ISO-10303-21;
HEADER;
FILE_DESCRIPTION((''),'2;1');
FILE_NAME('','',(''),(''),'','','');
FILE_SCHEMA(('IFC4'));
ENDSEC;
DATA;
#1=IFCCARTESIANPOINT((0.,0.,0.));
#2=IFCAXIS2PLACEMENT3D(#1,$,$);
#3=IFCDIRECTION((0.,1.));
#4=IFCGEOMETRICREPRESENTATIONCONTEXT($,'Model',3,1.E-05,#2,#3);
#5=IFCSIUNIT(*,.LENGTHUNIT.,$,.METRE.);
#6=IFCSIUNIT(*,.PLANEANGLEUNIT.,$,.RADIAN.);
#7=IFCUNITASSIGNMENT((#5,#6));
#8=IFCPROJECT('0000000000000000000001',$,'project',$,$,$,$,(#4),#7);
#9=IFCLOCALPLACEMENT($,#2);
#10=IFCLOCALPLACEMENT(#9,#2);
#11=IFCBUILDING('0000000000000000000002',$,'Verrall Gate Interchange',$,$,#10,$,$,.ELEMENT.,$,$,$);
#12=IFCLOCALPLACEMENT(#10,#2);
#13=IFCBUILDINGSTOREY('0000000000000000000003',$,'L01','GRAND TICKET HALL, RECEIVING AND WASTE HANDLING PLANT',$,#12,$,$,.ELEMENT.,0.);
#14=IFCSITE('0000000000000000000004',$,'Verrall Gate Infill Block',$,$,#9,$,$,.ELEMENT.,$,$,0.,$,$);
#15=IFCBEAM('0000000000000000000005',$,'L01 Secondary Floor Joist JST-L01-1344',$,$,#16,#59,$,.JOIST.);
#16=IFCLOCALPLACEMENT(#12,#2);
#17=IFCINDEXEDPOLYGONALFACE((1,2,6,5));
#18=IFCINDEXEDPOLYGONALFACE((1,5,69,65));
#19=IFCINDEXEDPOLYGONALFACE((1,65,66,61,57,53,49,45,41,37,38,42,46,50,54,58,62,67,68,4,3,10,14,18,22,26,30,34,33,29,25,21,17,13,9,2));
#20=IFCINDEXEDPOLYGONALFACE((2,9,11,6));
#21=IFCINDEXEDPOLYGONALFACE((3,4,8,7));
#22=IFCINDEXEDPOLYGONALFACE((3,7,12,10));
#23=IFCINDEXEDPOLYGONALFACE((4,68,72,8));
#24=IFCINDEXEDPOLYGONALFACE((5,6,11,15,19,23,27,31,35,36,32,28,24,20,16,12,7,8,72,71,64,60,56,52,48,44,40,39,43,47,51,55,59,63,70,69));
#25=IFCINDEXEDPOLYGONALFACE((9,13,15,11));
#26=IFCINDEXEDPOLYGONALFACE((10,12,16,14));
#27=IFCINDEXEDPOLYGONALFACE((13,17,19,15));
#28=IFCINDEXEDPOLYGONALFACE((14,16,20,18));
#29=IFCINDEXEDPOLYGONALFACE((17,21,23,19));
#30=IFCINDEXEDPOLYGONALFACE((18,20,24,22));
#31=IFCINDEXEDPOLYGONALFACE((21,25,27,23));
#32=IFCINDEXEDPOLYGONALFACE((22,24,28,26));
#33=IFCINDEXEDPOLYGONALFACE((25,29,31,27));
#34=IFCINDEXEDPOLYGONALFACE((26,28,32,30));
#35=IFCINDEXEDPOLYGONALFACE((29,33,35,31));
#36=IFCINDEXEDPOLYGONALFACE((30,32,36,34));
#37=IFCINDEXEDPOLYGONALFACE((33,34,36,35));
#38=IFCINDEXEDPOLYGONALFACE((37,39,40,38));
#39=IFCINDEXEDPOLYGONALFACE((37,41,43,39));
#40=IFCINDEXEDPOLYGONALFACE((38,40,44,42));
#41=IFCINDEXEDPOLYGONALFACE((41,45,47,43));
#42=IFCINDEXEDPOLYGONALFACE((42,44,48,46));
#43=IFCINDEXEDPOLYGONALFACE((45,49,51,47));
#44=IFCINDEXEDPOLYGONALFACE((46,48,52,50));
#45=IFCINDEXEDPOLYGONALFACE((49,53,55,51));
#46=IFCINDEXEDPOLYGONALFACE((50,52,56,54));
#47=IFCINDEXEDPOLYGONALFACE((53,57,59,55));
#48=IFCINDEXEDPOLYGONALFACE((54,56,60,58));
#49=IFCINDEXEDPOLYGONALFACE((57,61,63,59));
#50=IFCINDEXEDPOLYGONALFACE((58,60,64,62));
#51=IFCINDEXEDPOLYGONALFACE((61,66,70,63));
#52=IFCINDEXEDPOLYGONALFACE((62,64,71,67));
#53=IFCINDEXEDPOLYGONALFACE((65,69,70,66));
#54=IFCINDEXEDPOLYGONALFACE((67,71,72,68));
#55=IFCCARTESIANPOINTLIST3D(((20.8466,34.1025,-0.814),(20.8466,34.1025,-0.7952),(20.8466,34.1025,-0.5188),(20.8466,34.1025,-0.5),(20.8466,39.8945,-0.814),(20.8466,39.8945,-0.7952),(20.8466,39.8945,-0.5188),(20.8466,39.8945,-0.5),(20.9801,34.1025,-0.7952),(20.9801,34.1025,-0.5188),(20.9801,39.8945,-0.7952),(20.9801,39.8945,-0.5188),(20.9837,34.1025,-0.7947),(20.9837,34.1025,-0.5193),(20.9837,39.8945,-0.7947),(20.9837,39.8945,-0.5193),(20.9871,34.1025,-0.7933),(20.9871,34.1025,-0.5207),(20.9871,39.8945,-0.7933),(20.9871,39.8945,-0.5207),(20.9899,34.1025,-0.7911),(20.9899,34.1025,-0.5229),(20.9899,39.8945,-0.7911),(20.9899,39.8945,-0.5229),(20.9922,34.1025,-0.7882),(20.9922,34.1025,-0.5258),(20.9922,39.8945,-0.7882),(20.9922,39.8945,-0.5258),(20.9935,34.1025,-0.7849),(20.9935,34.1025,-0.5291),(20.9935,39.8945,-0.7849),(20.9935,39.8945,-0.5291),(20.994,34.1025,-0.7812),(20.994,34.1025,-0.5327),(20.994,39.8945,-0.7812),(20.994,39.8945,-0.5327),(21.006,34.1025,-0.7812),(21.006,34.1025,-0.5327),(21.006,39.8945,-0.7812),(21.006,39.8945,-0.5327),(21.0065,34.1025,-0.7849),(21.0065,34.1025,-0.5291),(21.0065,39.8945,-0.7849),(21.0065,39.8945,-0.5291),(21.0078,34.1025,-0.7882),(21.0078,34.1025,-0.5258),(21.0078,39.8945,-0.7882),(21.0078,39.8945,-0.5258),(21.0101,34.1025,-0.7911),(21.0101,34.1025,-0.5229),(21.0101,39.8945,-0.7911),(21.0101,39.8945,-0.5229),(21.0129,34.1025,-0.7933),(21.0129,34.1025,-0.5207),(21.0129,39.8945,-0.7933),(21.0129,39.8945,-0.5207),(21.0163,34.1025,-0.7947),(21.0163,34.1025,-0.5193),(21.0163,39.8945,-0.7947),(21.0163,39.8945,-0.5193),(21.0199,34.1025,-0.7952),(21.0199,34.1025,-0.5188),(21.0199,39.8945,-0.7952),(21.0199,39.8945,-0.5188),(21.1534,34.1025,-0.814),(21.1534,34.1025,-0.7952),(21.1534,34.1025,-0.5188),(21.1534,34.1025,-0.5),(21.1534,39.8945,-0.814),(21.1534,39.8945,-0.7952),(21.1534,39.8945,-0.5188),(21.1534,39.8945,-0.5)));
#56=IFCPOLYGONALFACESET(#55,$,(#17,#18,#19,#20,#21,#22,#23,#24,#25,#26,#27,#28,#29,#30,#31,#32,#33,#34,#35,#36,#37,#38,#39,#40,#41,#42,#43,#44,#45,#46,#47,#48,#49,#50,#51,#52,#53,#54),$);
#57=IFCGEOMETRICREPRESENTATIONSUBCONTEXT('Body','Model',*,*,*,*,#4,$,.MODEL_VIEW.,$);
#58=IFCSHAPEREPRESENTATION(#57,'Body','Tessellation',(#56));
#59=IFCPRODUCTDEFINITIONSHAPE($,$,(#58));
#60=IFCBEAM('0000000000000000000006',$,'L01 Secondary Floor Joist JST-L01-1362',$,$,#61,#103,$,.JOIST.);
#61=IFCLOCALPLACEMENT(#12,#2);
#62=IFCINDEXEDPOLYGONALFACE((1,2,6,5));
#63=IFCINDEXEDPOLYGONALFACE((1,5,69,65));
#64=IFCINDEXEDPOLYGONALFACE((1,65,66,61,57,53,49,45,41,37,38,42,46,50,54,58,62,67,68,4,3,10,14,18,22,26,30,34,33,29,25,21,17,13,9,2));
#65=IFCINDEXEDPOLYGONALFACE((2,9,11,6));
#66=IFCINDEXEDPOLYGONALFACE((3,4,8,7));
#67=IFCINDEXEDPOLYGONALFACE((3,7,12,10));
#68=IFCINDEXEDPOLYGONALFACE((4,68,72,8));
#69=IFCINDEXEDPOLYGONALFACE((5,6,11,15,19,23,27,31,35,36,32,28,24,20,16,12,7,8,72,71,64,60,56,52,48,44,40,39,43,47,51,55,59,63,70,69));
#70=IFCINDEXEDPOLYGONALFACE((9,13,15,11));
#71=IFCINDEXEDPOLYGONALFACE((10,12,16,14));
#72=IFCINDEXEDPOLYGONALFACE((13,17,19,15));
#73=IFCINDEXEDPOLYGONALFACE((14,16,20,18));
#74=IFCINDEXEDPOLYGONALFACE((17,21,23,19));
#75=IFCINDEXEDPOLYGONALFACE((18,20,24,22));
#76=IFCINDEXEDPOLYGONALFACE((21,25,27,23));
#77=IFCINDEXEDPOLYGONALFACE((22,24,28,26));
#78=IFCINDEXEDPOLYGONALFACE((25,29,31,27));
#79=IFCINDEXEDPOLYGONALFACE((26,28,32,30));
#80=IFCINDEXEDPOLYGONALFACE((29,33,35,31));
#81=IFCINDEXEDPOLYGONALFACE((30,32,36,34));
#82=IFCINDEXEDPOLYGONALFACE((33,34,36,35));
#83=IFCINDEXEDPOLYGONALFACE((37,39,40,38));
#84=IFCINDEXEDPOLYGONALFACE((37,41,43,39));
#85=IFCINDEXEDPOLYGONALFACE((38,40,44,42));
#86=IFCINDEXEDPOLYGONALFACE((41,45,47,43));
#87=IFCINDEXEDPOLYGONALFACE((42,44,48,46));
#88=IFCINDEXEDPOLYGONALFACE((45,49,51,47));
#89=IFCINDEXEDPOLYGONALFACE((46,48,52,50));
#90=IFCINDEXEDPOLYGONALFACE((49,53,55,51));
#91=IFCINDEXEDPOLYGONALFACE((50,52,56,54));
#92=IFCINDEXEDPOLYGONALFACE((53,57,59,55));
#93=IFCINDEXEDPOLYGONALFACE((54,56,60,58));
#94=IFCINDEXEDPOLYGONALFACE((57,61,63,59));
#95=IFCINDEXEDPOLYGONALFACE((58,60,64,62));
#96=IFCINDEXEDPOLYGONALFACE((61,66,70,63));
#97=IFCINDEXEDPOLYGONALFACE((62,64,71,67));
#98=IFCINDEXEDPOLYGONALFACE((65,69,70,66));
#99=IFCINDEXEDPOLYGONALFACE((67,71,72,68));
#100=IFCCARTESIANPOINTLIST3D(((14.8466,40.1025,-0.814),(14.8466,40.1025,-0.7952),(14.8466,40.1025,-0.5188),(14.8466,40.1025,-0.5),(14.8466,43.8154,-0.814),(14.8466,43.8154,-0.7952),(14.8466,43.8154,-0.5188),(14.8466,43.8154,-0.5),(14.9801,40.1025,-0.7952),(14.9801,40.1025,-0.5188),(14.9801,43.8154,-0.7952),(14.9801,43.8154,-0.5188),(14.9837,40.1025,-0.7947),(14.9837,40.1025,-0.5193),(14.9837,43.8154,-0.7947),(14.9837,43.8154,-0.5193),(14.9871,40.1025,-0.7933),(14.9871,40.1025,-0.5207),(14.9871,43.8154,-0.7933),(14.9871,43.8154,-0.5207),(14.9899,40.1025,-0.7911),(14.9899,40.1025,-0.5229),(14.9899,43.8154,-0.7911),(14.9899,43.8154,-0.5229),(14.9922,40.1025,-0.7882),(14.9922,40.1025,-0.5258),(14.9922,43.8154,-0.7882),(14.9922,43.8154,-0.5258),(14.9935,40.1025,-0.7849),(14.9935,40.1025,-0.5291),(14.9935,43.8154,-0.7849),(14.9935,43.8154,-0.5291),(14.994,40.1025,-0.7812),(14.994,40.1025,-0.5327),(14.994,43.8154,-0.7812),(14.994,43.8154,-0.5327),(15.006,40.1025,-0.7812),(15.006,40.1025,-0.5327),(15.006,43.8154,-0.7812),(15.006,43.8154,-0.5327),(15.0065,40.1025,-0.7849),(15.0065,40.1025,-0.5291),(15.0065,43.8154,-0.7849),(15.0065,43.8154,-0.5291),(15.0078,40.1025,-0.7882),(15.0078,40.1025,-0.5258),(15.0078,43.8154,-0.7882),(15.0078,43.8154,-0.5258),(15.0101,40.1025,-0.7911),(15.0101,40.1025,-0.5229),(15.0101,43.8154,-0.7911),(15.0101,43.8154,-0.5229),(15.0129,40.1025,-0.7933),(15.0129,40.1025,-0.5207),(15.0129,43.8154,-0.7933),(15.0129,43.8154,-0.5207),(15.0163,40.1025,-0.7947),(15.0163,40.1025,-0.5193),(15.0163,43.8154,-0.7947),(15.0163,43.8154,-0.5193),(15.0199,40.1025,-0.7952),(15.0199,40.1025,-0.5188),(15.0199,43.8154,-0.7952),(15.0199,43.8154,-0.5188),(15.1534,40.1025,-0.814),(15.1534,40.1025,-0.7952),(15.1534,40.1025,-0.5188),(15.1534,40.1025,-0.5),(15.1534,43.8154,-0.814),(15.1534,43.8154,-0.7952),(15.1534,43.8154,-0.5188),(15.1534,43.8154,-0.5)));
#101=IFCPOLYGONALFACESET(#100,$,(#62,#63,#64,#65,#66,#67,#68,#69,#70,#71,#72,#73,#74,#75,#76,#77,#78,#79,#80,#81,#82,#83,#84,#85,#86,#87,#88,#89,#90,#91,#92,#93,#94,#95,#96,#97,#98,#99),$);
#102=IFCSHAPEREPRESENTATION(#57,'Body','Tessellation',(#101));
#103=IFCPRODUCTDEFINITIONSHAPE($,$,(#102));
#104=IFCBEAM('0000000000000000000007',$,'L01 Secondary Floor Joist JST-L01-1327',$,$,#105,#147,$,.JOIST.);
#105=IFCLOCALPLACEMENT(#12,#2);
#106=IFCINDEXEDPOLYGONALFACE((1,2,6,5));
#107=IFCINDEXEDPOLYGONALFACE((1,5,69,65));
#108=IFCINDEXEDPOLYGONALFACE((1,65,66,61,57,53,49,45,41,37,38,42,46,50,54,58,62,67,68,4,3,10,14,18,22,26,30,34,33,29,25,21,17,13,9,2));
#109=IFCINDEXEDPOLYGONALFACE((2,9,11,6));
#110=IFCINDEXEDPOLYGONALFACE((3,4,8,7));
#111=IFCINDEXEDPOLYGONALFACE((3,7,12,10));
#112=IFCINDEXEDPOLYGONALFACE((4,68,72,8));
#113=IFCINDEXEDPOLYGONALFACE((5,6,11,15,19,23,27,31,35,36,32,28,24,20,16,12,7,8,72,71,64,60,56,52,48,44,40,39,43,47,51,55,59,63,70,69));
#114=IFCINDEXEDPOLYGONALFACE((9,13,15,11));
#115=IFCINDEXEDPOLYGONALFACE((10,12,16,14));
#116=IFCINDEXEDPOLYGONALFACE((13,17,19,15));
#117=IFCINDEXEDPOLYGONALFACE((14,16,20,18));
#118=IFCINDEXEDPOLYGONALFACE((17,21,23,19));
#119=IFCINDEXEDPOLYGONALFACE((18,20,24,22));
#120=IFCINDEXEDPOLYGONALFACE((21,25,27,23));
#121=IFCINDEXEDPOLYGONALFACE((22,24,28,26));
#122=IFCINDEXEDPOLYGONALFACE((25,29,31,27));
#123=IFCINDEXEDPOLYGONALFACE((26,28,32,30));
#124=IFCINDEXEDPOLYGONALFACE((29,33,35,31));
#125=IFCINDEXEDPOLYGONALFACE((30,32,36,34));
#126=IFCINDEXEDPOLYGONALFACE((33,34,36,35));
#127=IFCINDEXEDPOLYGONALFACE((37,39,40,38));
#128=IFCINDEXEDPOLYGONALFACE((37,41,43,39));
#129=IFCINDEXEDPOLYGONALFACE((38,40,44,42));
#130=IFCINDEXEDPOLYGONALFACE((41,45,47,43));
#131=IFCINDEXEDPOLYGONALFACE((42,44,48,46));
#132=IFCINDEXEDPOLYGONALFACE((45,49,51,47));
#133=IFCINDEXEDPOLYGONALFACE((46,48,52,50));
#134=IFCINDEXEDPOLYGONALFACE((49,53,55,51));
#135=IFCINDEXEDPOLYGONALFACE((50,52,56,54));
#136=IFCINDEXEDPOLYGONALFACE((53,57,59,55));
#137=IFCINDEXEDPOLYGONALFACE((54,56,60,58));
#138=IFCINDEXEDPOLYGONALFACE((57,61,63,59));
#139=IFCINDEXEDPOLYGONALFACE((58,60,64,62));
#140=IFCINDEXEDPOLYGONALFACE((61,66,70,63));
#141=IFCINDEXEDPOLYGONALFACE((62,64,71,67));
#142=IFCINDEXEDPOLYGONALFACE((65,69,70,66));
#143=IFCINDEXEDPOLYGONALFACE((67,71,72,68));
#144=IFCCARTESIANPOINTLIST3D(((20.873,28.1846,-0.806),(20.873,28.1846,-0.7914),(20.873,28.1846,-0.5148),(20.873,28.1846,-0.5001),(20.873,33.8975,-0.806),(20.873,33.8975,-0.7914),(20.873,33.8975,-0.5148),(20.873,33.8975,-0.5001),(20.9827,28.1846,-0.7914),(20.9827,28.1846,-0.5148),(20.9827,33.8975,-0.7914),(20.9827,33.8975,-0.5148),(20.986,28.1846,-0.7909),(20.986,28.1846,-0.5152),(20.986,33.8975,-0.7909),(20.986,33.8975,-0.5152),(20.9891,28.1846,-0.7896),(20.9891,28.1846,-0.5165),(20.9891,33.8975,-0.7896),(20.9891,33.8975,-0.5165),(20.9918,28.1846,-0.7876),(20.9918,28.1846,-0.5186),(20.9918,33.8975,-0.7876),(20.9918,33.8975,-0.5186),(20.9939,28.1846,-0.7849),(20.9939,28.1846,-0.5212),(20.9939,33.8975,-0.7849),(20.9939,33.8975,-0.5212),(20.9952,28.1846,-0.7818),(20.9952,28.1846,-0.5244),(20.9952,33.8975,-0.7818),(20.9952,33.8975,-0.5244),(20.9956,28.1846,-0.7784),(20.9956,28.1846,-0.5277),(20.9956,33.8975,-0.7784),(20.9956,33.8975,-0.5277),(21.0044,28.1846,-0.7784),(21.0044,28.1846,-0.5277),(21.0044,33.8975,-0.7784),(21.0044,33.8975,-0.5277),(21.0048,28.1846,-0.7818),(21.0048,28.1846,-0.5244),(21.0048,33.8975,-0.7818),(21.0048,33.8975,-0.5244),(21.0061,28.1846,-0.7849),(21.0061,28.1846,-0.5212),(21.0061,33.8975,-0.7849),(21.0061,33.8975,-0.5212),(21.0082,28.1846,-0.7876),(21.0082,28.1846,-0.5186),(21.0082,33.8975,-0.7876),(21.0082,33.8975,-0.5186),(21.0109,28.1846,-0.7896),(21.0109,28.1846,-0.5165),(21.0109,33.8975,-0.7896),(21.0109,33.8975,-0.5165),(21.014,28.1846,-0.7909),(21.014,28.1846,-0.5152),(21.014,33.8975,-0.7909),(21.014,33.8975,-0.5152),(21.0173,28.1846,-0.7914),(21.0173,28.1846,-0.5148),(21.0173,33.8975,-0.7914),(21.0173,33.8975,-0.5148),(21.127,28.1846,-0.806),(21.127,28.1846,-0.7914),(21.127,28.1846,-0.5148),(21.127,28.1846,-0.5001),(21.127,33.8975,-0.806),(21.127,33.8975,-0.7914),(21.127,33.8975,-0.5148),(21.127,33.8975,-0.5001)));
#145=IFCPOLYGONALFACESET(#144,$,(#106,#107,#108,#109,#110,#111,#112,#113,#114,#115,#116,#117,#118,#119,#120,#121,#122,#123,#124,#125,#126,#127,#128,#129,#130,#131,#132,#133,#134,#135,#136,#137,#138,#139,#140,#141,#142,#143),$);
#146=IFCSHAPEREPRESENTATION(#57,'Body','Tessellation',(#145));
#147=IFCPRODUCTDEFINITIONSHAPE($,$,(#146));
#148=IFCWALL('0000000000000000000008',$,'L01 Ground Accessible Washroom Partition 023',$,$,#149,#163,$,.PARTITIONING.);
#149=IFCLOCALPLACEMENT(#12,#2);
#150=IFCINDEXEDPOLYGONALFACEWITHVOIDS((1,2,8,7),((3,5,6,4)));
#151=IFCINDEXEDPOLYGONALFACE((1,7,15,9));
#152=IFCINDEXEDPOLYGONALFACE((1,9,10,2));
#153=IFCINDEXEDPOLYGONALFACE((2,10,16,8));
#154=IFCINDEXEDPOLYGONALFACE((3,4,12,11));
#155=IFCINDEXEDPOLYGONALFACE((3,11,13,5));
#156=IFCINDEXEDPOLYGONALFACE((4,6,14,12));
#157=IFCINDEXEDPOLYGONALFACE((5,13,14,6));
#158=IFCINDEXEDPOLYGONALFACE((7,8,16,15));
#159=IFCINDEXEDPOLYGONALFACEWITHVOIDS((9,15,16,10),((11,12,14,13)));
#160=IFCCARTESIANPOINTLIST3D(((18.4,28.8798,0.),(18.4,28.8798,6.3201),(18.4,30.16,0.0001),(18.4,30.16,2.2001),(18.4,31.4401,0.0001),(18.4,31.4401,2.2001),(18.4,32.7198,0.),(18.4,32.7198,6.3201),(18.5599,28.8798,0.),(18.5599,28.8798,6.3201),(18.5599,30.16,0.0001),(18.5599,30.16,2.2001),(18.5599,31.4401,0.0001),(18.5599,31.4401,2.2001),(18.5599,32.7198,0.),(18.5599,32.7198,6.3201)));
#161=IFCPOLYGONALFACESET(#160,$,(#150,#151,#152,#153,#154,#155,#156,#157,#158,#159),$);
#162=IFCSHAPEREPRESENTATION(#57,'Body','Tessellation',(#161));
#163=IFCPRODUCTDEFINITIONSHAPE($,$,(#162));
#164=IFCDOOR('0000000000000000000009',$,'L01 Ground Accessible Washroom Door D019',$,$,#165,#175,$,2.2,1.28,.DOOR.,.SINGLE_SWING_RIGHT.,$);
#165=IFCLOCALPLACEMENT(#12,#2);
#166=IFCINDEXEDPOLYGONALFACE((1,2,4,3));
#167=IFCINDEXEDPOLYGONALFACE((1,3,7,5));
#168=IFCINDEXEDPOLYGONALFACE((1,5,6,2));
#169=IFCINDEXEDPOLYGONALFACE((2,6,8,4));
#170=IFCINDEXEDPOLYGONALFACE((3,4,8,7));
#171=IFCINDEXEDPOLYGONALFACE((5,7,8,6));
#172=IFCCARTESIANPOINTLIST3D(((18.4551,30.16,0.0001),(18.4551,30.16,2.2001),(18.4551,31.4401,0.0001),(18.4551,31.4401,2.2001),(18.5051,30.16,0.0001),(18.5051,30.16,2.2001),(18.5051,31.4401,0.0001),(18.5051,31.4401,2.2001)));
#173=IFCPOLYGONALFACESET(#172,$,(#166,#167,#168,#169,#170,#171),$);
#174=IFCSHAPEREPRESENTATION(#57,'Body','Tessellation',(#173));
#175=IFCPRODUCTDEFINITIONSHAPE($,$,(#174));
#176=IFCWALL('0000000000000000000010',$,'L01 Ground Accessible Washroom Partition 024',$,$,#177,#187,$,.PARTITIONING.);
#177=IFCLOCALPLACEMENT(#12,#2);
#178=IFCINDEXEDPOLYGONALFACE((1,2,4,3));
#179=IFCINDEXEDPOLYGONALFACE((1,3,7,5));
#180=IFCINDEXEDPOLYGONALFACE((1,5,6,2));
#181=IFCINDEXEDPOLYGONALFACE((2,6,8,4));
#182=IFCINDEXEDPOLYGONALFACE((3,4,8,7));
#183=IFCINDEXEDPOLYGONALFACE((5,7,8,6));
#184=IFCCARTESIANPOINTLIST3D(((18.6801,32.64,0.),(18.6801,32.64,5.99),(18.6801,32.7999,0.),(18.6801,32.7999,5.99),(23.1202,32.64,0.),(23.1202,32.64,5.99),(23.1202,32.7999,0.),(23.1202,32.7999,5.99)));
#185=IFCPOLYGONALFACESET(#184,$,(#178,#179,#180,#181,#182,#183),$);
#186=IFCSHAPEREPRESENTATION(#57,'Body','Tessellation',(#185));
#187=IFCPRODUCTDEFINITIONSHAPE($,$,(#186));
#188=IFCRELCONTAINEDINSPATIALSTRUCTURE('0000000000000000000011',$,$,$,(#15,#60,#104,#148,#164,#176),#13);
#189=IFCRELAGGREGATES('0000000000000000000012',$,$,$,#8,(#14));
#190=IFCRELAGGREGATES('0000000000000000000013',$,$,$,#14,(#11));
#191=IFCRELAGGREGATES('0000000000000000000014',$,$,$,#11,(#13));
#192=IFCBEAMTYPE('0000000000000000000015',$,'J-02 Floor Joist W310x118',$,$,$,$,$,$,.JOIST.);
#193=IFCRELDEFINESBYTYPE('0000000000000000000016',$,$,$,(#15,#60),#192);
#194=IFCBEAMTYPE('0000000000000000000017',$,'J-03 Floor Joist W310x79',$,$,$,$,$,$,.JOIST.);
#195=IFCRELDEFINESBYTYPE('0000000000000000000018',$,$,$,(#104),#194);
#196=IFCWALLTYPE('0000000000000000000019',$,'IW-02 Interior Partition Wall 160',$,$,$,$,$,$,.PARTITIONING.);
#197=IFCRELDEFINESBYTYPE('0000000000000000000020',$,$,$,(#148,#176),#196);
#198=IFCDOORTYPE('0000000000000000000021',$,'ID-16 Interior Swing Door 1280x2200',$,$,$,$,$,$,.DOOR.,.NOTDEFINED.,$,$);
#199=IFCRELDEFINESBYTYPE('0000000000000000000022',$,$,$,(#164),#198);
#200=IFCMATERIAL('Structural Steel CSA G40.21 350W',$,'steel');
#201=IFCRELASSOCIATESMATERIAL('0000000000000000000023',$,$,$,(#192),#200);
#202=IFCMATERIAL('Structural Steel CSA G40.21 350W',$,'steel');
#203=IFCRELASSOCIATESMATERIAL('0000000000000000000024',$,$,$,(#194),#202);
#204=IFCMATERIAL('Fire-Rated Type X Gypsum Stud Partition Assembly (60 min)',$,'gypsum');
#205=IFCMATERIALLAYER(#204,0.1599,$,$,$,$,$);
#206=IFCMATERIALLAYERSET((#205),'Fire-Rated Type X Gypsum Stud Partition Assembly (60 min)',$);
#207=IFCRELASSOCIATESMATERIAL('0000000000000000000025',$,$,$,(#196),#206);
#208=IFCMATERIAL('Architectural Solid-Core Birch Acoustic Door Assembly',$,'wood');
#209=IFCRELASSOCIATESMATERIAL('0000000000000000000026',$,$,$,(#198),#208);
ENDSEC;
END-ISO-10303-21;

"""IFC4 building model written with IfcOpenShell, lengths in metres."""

from ifc_helpers import new_model, si_unit, direction, frame, frame_2d, origin, origin_2d, place, context, subcontext, project, spatial, rectangle, i_section, extrude, material, layer, layer_set, material_profile, profile_set, type_object, element, fill, save


model = new_model("IFC4")

# Units and contexts
model_context = context("Model", 3, precision=1e-05, world=origin(), true_north=direction((0.0, 1.0)))
body_context = subcontext(model_context, "Body", "Model", "MODEL_VIEW")
ifc_project = project(units=[si_unit("LENGTHUNIT", "METRE"), si_unit("PLANEANGLEUNIT", "RADIAN")], contexts=[model_context])

# Site, building, storey
site_placement = place(None, origin())
site = spatial("IfcSite", under=ifc_project, at=site_placement, Name="Verrall Gate Infill Block", CompositionType="ELEMENT", RefElevation=0.0)
building_placement = place(site_placement, origin())
building = spatial("IfcBuilding", under=site, at=building_placement, Name="Verrall Gate Interchange", CompositionType="ELEMENT")
storey_placement = place(building_placement, origin())
storey = spatial("IfcBuildingStorey", under=building, at=storey_placement, Name="L01", Description="GRAND TICKET HALL, RECEIVING AND WASTE HANDLING PLANT", CompositionType="ELEMENT", Elevation=0.0)

# Beams
ifc_material_1 = material(Name="Structural Steel CSA G40.21 350W", Category="steel")
ifc_material_profile_1 = material_profile(ifc_material_1, i_section(OverallWidth=0.3069, OverallDepth=0.314, WebThickness=0.012, FlangeThickness=0.0188, FilletRadius=0.0139, at=origin_2d()), Name="W310x118")
ifc_profile_set_1 = profile_set([ifc_material_profile_1], Name="Structural Steel CSA G40.21 350W")
beam_type_1 = type_object("IfcBeamType", Name="J-02 Floor Joist W310x118", PredefinedType="JOIST", material=ifc_profile_set_1)
beam_1_placement = place(storey_placement, frame((21.0, 34.1025, -0.657), z_axis=(0.0, 1.0, 0.0), x_axis=(-1.0, 0.0, 0.0)))
element("IfcBeam", 1, at=beam_1_placement, inside=storey, type_object=beam_type_1, Name="L01 Secondary Floor Joist JST-L01-1344", PredefinedType="JOIST", context=body_context, shape_type="SweptSolid", body=[
    extrude(i_section(OverallWidth=0.3069, OverallDepth=0.314, WebThickness=0.012, FlangeThickness=0.0188, FilletRadius=0.0139, at=origin_2d()), origin(), (0.0, 0.0, 1.0), 5.792),
])
beam_2_placement = place(storey_placement, frame((15.0, 40.1025, -0.657), z_axis=(0.0, 1.0, 0.0), x_axis=(-1.0, 0.0, 0.0)))
element("IfcBeam", 2, at=beam_2_placement, inside=storey, type_object=beam_type_1, Name="L01 Secondary Floor Joist JST-L01-1362", PredefinedType="JOIST", context=body_context, shape_type="SweptSolid", body=[
    extrude(i_section(OverallWidth=0.3069, OverallDepth=0.314, WebThickness=0.012, FlangeThickness=0.0188, FilletRadius=0.0139, at=origin_2d()), origin(), (0.0, 0.0, 1.0), 3.7129),
])
ifc_material_2 = material(Name="Structural Steel CSA G40.21 350W", Category="steel")
ifc_material_profile_2 = material_profile(ifc_material_2, i_section(OverallWidth=0.2539, OverallDepth=0.3059, WebThickness=0.0088, FlangeThickness=0.0146, FilletRadius=0.0129, at=origin_2d()), Name="W310x79")
ifc_profile_set_2 = profile_set([ifc_material_profile_2], Name="Structural Steel CSA G40.21 350W")
beam_type_2 = type_object("IfcBeamType", Name="J-03 Floor Joist W310x79", PredefinedType="JOIST", material=ifc_profile_set_2)
beam_3_placement = place(storey_placement, frame((21.0, 28.1846, -0.6531), z_axis=(0.0, 1.0, 0.0), x_axis=(-1.0, 0.0, 0.0)))
element("IfcBeam", 3, at=beam_3_placement, inside=storey, type_object=beam_type_2, Name="L01 Secondary Floor Joist JST-L01-1327", PredefinedType="JOIST", context=body_context, shape_type="SweptSolid", body=[
    extrude(i_section(OverallWidth=0.2539, OverallDepth=0.3059, WebThickness=0.0088, FlangeThickness=0.0146, FilletRadius=0.0129, at=origin_2d()), origin(), (0.0, 0.0, 1.0), 5.7129),
])

# Wall, opening, door
ifc_material_3 = material(Name="Fire-Rated Type X Gypsum Stud Partition Assembly (60 min)", Category="gypsum")
ifc_layer_1 = layer(ifc_material_3, 0.1599)
ifc_layer_set_1 = layer_set([ifc_layer_1], Name="Fire-Rated Type X Gypsum Stud Partition Assembly (60 min)")
wall_type_1 = type_object("IfcWallType", Name="IW-02 Interior Partition Wall 160", PredefinedType="PARTITIONING", material=ifc_layer_set_1)
wall_1_placement = place(storey_placement, frame((18.48, 28.8799, 0.0), z_axis=(0.0, 0.0, 1.0), x_axis=(0.0, 1.0, 0.0)))
wall_1 = element("IfcWall", 4, at=wall_1_placement, inside=storey, type_object=wall_type_1, Name="L01 Ground Accessible Washroom Partition 023", PredefinedType="PARTITIONING", context=body_context, shape_type="SweptSolid", body=[
    extrude(rectangle(XDim=3.8401, YDim=0.1599, at=frame_2d((1.9199, 0.0))), origin(), (0.0, 0.0, 1.0), 6.3201),
])
opening_1_placement = place(wall_1_placement, frame((1.28, 0.0, 0.0)))
opening_1 = element("IfcOpeningElement", 5, at=opening_1_placement, cuts=wall_1, PredefinedType="OPENING", context=body_context, shape_type="SweptSolid", body=[
    extrude(rectangle(XDim=1.28, YDim=2.2, at=frame_2d((0.6401, 1.1001))), frame((0.0, 0.0947, 0.0), z_axis=(0.0, -1.0, 0.0), x_axis=(1.0, 0.0, 0.0)), (0.0, 0.0, 1.0), 0.1897),
])
ifc_material_4 = material(Name="Architectural Solid-Core Birch Acoustic Door Assembly", Category="wood")
door_type_1 = type_object("IfcDoorType", Name="ID-16 Interior Swing Door 1280x2200", OperationType="NOTDEFINED", PredefinedType="DOOR", material=ifc_material_4)
door_1_placement = place(opening_1_placement, origin())
door_1 = element("IfcDoor", 6, at=door_1_placement, inside=storey, type_object=door_type_1, Name="L01 Ground Accessible Washroom Door D019", OperationType="SINGLE_SWING_RIGHT", OverallHeight=2.2, OverallWidth=1.28, PredefinedType="DOOR", context=body_context, shape_type="SweptSolid", body=[
    extrude(rectangle(XDim=1.28, YDim=2.2, at=frame_2d((0.6401, 1.1001))), frame((0.0, 0.0249, 0.0), z_axis=(0.0, -1.0, 0.0), x_axis=(1.0, 0.0, 0.0)), (0.0, 0.0, 1.0), 0.05),
])
fill(opening_1, door_1)

# Wall
wall_2_placement = place(storey_placement, frame((18.6799, 32.72, 0.0), z_axis=(0.0, 0.0, 1.0), x_axis=(1.0, 0.0, 0.0)))
element("IfcWall", 7, at=wall_2_placement, inside=storey, type_object=wall_type_1, Name="L01 Ground Accessible Washroom Partition 024", PredefinedType="PARTITIONING", context=body_context, shape_type="SweptSolid", body=[
    extrude(rectangle(XDim=4.4402, YDim=0.1599, at=frame_2d((2.2202, 0.0))), origin(), (0.0, 0.0, 1.0), 5.99),
])

save(model, "model.ifc")
